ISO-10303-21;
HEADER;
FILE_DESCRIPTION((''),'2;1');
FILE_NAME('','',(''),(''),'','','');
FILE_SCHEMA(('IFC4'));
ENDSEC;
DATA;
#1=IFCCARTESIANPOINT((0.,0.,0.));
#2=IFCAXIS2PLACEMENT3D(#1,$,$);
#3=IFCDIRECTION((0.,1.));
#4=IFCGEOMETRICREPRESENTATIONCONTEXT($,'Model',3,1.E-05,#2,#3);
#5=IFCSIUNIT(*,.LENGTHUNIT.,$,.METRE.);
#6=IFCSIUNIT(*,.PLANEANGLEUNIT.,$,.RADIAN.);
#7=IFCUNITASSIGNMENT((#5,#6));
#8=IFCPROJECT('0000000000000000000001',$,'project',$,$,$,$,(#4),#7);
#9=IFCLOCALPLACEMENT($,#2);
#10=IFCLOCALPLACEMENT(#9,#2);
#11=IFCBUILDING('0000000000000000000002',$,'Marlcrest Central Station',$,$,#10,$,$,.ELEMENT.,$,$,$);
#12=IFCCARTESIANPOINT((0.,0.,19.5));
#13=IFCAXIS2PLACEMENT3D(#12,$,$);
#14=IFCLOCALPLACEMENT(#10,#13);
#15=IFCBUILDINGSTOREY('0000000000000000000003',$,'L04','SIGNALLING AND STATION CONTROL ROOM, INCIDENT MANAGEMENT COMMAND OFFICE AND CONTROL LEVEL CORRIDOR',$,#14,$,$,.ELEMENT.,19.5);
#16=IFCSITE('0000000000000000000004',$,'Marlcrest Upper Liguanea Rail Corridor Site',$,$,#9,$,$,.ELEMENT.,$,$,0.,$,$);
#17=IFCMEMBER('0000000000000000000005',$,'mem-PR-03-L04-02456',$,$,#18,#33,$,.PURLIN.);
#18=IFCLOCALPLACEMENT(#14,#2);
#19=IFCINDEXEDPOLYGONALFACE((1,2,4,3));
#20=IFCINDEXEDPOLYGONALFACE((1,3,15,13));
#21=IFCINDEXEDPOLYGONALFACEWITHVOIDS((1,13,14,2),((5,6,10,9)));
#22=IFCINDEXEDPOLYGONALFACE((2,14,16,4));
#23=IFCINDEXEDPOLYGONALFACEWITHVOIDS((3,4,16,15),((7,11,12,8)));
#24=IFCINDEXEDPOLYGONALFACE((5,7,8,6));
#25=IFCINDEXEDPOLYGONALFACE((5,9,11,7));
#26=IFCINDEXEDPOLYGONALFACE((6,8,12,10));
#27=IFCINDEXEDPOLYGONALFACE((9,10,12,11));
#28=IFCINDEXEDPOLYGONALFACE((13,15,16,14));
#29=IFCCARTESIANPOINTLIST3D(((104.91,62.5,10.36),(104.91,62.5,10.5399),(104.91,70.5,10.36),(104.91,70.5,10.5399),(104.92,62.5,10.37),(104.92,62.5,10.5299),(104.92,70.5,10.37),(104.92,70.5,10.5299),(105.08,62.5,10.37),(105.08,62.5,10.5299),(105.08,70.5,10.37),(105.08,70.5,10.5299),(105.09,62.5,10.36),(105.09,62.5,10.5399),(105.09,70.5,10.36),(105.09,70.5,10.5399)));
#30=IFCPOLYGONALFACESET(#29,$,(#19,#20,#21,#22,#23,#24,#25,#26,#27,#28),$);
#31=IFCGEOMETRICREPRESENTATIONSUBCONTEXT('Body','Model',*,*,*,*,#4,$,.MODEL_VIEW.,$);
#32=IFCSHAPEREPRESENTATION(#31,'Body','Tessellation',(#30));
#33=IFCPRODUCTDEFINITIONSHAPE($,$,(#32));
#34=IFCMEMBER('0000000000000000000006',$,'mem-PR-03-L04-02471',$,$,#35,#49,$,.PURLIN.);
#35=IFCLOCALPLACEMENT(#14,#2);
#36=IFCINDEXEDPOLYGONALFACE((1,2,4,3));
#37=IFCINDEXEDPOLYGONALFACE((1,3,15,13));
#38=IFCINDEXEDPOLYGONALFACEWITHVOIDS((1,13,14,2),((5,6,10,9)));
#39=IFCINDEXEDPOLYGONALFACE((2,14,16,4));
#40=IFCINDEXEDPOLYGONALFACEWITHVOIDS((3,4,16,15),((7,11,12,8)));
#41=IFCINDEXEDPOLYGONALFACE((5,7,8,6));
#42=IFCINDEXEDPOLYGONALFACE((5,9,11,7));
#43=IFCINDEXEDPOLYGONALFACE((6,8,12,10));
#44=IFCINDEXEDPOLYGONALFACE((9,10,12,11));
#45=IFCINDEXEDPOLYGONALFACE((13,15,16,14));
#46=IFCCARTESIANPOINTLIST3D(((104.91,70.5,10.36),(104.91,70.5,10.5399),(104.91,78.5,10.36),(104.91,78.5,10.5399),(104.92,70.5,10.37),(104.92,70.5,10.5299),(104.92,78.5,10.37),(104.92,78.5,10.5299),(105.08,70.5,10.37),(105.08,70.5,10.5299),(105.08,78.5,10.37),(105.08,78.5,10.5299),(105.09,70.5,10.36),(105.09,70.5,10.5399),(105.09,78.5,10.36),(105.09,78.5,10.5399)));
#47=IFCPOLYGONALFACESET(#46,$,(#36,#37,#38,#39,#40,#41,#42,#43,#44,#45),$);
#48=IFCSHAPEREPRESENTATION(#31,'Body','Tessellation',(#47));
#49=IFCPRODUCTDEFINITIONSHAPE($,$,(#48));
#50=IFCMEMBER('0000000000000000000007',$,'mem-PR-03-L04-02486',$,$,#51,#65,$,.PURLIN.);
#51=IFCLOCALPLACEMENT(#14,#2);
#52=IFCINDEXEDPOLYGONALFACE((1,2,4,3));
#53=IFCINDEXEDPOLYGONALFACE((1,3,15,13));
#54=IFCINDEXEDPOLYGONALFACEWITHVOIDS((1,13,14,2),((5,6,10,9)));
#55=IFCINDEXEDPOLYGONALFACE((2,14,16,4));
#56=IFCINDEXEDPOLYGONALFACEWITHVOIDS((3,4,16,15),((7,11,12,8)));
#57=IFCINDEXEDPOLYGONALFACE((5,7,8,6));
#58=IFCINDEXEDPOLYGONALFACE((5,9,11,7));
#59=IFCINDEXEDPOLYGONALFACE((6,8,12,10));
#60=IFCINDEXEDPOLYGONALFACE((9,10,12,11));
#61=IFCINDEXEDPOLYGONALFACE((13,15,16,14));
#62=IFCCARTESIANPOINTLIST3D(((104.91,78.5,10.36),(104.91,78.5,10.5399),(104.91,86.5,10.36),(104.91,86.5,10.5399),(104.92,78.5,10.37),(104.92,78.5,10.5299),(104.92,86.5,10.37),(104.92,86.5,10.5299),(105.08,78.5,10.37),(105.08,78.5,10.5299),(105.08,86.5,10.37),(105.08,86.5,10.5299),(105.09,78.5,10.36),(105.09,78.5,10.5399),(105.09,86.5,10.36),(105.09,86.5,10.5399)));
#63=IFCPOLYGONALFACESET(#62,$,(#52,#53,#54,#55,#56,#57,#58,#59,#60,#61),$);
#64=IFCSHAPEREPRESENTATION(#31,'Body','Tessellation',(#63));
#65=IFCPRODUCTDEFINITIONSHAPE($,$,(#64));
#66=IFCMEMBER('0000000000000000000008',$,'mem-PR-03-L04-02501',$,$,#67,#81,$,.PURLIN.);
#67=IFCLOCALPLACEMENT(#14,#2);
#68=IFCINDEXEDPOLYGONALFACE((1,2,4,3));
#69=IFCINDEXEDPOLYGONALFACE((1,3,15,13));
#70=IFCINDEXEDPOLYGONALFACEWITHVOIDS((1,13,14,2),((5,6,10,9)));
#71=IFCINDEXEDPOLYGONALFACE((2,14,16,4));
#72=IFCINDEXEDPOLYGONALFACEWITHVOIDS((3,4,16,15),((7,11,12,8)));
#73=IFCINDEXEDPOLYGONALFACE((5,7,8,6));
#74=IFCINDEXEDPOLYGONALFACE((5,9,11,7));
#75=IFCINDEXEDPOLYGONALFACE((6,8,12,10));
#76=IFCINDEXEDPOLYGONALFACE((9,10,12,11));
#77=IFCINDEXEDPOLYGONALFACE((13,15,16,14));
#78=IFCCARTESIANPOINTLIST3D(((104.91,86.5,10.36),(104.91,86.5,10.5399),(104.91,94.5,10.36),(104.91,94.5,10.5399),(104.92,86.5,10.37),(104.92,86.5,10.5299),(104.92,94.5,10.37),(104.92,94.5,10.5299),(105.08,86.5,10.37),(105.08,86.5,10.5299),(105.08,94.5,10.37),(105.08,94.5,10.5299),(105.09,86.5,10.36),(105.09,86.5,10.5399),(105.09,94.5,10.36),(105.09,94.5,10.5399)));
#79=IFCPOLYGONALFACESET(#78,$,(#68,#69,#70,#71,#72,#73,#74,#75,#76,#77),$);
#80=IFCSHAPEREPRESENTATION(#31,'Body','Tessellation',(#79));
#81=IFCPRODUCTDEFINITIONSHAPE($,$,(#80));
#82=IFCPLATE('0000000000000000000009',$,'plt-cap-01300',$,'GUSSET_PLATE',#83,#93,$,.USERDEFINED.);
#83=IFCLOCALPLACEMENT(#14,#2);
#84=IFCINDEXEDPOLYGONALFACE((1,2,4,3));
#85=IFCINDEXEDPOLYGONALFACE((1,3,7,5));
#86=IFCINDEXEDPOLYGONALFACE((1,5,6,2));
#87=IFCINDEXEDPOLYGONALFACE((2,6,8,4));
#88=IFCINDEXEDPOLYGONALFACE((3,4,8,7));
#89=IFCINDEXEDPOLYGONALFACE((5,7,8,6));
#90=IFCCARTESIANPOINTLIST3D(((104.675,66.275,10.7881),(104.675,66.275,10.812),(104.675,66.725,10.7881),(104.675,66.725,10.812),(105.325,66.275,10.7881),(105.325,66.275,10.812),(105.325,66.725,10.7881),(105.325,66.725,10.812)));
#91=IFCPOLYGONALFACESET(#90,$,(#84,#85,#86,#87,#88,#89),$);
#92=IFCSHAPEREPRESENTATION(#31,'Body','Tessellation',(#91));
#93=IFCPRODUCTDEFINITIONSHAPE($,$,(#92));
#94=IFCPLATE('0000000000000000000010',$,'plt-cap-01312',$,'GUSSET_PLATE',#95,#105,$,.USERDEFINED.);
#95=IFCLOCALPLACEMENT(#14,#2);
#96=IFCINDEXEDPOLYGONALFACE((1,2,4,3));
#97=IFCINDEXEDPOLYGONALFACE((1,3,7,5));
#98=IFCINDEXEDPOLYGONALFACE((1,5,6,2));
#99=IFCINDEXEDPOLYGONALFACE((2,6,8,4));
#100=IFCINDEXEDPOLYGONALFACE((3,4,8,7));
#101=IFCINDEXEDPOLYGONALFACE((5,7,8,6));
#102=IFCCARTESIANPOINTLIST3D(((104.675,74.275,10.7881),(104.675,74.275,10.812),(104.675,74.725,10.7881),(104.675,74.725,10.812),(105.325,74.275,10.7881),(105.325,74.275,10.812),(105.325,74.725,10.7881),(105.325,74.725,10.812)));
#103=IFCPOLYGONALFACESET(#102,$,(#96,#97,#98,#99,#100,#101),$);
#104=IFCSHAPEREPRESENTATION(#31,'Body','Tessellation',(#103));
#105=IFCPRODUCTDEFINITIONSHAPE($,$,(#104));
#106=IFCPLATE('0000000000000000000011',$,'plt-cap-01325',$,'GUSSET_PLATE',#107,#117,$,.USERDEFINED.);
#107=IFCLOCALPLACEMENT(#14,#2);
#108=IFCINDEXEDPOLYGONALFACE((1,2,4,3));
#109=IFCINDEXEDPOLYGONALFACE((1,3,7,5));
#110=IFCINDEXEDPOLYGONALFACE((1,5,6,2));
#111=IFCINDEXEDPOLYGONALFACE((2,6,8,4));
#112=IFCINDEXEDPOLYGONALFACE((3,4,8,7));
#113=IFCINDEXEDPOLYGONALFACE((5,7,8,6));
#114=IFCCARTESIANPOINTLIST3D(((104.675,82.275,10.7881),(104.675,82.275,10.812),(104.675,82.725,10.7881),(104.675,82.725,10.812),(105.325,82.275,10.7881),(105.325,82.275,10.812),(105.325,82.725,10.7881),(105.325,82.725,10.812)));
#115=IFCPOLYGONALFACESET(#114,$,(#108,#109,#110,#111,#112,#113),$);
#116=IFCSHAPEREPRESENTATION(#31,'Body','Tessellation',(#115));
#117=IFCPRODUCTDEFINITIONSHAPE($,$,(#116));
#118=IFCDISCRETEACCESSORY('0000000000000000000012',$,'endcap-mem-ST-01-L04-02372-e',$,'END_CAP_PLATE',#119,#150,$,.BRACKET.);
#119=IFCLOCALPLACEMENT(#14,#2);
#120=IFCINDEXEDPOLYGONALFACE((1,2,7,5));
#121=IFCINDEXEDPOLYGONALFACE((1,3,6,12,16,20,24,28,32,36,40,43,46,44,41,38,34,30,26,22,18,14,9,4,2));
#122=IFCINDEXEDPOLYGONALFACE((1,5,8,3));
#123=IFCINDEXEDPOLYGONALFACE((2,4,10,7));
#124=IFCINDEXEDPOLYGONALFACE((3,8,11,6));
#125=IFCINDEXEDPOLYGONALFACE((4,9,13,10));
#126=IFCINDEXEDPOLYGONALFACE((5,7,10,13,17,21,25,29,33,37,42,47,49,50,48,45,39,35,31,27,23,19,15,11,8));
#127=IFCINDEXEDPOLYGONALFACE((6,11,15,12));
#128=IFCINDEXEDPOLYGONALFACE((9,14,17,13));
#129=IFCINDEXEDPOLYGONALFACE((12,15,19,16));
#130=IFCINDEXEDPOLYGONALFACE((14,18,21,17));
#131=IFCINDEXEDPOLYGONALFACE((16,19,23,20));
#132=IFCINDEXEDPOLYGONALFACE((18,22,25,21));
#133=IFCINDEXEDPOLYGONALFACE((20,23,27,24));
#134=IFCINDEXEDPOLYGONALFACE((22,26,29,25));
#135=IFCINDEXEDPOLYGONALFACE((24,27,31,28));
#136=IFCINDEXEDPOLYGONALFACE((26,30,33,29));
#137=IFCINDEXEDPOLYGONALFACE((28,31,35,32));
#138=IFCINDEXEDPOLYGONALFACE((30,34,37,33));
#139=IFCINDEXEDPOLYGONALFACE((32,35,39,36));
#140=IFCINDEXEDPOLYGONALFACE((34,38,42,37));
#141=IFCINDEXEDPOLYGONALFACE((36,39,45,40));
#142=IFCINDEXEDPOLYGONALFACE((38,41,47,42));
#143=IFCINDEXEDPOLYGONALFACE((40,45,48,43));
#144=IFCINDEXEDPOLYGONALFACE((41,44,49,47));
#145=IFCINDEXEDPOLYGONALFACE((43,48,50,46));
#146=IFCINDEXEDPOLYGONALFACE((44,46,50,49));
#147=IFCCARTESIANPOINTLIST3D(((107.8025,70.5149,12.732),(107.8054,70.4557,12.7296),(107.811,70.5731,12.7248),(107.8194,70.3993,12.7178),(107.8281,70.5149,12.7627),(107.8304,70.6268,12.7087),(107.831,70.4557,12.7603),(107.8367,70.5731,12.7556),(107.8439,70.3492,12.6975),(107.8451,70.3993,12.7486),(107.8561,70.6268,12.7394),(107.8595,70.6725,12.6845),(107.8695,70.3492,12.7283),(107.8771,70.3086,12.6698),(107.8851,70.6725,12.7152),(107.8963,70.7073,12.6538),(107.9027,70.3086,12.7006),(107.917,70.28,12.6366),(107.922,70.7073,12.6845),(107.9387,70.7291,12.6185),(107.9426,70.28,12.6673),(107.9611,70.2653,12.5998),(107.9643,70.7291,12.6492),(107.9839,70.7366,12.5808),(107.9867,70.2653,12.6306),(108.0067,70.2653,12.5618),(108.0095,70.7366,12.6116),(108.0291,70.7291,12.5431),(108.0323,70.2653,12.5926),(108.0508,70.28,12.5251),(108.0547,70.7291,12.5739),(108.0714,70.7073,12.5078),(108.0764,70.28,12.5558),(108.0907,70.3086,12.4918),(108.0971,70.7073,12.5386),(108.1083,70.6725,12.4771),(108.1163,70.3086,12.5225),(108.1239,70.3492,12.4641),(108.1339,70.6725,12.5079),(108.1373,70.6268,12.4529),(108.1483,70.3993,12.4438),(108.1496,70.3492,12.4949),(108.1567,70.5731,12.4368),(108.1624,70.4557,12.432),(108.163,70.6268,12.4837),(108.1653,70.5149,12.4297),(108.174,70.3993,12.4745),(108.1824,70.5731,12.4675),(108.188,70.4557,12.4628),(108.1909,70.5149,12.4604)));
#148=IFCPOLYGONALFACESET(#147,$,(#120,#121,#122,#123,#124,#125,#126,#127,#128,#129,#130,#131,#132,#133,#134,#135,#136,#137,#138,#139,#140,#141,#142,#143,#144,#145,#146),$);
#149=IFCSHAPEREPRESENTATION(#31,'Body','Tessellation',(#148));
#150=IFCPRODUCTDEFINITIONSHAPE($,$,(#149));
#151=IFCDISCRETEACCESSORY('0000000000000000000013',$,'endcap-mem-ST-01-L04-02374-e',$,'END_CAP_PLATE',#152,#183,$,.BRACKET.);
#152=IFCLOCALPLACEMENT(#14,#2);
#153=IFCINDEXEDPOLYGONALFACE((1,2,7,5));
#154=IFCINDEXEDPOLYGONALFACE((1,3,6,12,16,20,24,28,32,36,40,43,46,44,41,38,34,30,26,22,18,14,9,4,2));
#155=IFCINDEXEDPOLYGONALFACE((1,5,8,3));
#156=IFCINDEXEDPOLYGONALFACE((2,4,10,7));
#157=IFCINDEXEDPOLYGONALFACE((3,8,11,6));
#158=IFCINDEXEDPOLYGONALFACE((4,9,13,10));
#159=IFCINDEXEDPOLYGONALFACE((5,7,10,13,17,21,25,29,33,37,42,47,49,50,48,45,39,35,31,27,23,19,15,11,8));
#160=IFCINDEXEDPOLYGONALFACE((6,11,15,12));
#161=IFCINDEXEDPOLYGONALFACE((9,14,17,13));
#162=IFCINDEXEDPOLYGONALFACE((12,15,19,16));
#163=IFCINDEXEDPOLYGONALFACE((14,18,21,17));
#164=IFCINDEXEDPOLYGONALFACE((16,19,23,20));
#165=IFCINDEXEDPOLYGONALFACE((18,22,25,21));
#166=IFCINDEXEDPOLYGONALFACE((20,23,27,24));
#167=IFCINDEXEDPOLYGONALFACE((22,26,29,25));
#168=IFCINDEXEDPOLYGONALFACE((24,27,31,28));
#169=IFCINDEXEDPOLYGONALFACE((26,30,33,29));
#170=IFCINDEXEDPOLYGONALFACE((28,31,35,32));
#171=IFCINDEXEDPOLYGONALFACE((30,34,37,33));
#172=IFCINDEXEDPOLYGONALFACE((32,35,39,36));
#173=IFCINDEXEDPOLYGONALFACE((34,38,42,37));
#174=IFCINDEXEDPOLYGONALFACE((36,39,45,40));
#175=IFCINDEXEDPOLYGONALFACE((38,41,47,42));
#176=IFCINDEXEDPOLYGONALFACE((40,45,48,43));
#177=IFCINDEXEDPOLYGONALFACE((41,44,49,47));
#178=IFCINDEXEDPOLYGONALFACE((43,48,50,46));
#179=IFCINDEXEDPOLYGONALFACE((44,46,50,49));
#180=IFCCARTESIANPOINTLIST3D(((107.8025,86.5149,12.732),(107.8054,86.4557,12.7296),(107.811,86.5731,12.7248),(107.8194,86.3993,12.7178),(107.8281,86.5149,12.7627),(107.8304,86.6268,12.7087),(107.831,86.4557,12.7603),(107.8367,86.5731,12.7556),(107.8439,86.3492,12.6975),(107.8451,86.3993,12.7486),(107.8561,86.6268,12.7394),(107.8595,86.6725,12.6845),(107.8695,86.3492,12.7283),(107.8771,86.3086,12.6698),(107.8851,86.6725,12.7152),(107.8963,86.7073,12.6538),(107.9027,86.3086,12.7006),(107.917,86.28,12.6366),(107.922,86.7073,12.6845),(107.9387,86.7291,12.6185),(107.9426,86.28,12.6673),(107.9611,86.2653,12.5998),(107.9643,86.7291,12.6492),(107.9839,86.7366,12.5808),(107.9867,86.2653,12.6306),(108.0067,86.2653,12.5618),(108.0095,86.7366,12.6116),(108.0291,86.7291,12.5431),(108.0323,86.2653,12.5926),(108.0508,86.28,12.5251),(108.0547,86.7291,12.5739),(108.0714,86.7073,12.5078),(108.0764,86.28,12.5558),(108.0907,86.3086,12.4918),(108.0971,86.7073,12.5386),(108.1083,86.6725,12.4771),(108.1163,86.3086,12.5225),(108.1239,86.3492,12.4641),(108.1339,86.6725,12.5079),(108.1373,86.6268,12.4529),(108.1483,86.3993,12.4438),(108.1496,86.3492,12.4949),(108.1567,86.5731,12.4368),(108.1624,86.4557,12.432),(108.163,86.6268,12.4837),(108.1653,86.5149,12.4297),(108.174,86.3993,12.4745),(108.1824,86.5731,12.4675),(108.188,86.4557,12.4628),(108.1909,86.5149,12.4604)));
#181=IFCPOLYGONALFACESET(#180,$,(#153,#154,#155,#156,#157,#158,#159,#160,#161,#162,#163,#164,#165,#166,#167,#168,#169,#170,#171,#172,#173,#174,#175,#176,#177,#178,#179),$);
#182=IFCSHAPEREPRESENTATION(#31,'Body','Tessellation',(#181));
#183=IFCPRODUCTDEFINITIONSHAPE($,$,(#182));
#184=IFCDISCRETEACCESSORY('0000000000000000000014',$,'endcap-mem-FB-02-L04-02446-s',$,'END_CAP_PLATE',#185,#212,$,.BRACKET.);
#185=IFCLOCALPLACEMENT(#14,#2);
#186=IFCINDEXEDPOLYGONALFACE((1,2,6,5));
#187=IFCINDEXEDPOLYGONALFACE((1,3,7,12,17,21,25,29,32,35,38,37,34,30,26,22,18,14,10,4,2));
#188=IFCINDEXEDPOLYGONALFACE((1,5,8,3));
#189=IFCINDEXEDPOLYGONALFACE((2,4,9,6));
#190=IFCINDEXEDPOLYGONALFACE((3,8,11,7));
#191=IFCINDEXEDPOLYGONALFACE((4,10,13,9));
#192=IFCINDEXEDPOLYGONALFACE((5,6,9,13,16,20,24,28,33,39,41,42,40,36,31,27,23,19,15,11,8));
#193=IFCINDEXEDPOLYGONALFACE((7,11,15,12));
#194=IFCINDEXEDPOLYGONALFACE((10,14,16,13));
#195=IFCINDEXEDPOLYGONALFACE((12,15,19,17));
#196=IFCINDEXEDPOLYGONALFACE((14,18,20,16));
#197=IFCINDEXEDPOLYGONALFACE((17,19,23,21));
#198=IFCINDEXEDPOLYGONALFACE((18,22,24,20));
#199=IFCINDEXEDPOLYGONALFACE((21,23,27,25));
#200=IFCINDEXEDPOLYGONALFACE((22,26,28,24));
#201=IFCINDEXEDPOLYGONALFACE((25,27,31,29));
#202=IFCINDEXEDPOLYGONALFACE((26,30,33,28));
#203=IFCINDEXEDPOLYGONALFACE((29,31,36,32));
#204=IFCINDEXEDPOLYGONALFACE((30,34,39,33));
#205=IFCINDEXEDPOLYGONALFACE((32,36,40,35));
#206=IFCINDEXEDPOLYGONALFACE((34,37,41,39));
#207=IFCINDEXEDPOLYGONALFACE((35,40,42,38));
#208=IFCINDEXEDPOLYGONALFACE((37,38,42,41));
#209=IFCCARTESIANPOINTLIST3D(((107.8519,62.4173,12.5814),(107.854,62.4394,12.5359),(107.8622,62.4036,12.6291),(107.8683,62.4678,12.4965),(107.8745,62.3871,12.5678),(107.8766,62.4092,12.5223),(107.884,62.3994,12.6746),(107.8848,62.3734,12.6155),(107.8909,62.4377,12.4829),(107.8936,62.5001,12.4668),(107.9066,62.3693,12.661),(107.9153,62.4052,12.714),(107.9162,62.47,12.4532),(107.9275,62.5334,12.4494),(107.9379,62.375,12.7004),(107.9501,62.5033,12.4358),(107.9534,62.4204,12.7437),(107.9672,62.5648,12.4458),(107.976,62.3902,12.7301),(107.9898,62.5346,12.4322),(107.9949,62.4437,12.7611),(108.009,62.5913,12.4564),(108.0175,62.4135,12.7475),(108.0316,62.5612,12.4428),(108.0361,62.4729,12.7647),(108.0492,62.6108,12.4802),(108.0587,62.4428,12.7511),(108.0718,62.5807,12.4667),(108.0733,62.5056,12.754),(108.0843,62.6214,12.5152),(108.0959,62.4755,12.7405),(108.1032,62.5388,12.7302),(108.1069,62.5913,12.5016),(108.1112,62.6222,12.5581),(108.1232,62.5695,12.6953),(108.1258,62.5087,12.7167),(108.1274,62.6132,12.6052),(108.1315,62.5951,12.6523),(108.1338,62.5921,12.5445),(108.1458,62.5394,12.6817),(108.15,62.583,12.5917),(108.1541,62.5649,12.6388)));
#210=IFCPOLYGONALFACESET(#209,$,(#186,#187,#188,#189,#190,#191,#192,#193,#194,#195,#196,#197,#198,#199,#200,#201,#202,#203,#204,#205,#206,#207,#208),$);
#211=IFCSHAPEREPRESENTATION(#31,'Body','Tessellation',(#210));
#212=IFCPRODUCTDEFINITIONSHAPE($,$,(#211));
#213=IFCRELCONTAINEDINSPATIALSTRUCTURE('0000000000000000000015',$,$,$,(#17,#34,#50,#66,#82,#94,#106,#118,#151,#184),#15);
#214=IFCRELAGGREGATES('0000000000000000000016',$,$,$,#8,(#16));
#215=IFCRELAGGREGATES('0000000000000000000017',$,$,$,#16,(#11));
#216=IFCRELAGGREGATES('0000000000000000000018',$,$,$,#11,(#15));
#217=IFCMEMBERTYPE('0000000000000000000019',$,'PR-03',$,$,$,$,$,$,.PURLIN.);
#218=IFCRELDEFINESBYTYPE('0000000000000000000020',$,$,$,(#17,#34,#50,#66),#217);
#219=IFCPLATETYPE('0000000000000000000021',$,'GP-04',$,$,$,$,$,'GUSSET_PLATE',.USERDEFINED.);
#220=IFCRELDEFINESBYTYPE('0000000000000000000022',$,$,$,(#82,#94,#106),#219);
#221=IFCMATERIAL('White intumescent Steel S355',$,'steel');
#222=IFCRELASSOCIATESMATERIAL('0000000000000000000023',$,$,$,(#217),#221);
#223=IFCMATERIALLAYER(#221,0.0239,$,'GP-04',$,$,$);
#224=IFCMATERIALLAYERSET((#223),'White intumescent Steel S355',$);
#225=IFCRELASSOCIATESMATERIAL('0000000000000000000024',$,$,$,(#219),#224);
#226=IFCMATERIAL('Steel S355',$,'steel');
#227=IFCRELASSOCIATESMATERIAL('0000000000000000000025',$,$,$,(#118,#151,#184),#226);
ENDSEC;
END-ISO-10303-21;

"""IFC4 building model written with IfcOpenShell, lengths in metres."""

from ifc_helpers import new_model, si_unit, direction, frame, origin, origin_2d, place, context, subcontext, project, spatial, rectangle, hollow_rectangle, circle, extrude, material, layer, layer_set, material_profile, profile_set, type_object, element, save


model = new_model("IFC4")

# Units and contexts
model_context = context("Model", 3, precision=1e-05, world=origin(), true_north=direction((0.0, 1.0)))
body_context = subcontext(model_context, "Body", "Model", "MODEL_VIEW")
ifc_project = project(units=[si_unit("LENGTHUNIT", "METRE"), si_unit("PLANEANGLEUNIT", "RADIAN")], contexts=[model_context])

# Site, building, storey
site_placement = place(None, origin())
site = spatial("IfcSite", under=ifc_project, at=site_placement, Name="Marlcrest Upper Liguanea Rail Corridor Site", CompositionType="ELEMENT", RefElevation=0.0)
building_placement = place(site_placement, origin())
building = spatial("IfcBuilding", under=site, at=building_placement, Name="Marlcrest Central Station", CompositionType="ELEMENT")
storey_placement = place(building_placement, frame((0.0, 0.0, 19.5)))
storey = spatial("IfcBuildingStorey", under=building, at=storey_placement, Name="L04", Description="SIGNALLING AND STATION CONTROL ROOM, INCIDENT MANAGEMENT COMMAND OFFICE AND CONTROL LEVEL CORRIDOR", CompositionType="ELEMENT", Elevation=19.5)

# Members
ifc_material_1 = material(Name="White intumescent Steel S355", Category="steel")
ifc_material_profile = material_profile(ifc_material_1, hollow_rectangle(XDim=0.1799, YDim=0.1799, WallThickness=0.01, at=origin_2d()), Name="SHS 180x180x10")
ifc_profile_set = profile_set([ifc_material_profile], Name="White intumescent Steel S355")
member_type = type_object("IfcMemberType", Name="PR-03", PredefinedType="PURLIN", material=ifc_profile_set)
for number, where, z_axis, x_axis, name in (
    (1, (105.0, 62.5, 10.45), (0.0, 1.0, 0.0), (-1.0, 0.0, 0.0), "mem-PR-03-L04-02456"),
    (2, (105.0, 70.5, 10.45), (0.0, 1.0, 0.0), (-1.0, 0.0, 0.0), "mem-PR-03-L04-02471"),
    (3, (105.0, 78.5, 10.45), (0.0, 1.0, 0.0), (-1.0, 0.0, 0.0), "mem-PR-03-L04-02486"),
    (4, (105.0, 86.5, 10.45), (0.0, 1.0, 0.0), (-1.0, 0.0, 0.0), "mem-PR-03-L04-02501"),
):
    element("IfcMember", number, at=place(storey_placement, frame(where, z_axis=z_axis, x_axis=x_axis)), inside=storey, type_object=member_type, Name=name, PredefinedType="PURLIN", context=body_context, shape_type="SweptSolid", body=[
        extrude(hollow_rectangle(XDim=0.1799, YDim=0.1799, WallThickness=0.01, at=origin_2d()), origin(), (0.0, 0.0, 1.0), 8.0),
    ])

# Plates
ifc_layer = layer(ifc_material_1, 0.0239, Name="GP-04")
ifc_layer_set = layer_set([ifc_layer], Name="White intumescent Steel S355")
plate_type = type_object("IfcPlateType", Name="GP-04", ElementType="GUSSET_PLATE", PredefinedType="USERDEFINED", material=ifc_layer_set)
for number, where, z_axis, x_axis, name in (
    (5, (105.0, 66.5, 10.7881), (0.0, 0.0, 1.0), (1.0, 0.0, 0.0), "plt-cap-01300"),
    (6, (105.0, 74.5, 10.7881), (0.0, 0.0, 1.0), (1.0, 0.0, 0.0), "plt-cap-01312"),
    (7, (105.0, 82.5, 10.7881), (0.0, 0.0, 1.0), (1.0, 0.0, 0.0), "plt-cap-01325"),
):
    element("IfcPlate", number, at=place(storey_placement, frame(where, z_axis=z_axis, x_axis=x_axis)), inside=storey, type_object=plate_type, Name=name, ObjectType="GUSSET_PLATE", PredefinedType="USERDEFINED", context=body_context, shape_type="SweptSolid", body=[
        extrude(rectangle(XDim=0.6499, YDim=0.45, at=origin_2d()), origin(), (0.0, 0.0, 1.0), 0.0239),
    ])

# Discrete accessories
ifc_material_2 = material(Name="Steel S355", Category="steel")
for number, where, z_axis, x_axis, name in (
    (8, (107.9839, 70.5, 12.5808), (0.640181, 0.0, 0.768224), (0.0, 1.0, 0.0), "endcap-mem-ST-01-L04-02372-e"),
    (9, (107.9839, 86.5, 12.5808), (0.640181, 0.0, 0.768224), (0.0, 1.0, 0.0), "endcap-mem-ST-01-L04-02374-e"),
):
    element("IfcDiscreteAccessory", number, at=place(storey_placement, frame(where, z_axis=z_axis, x_axis=x_axis)), inside=storey, material=ifc_material_2, Name=name, ObjectType="END_CAP_PLATE", PredefinedType="BRACKET", context=body_context, shape_type="SweptSolid", body=[
        extrude(circle(Radius=0.2366, at=origin_2d()), origin(), (0.0, 0.0, 1.0), 0.04),
    ])
discrete_accessory_1_placement = place(storey_placement, frame((107.9915, 62.5112, 12.6052), z_axis=(0.564531, -0.752708, -0.338728), x_axis=(0.8, 0.6, 0.0)))
element("IfcDiscreteAccessory", 10, at=discrete_accessory_1_placement, inside=storey, material=ifc_material_2, Name="endcap-mem-FB-02-L04-02446-s", ObjectType="END_CAP_PLATE", PredefinedType="BRACKET", context=body_context, shape_type="SweptSolid", body=[
    extrude(circle(Radius=0.1699, at=origin_2d()), origin(), (0.0, 0.0, 1.0), 0.04),
])

save(model, "model.ifc")
